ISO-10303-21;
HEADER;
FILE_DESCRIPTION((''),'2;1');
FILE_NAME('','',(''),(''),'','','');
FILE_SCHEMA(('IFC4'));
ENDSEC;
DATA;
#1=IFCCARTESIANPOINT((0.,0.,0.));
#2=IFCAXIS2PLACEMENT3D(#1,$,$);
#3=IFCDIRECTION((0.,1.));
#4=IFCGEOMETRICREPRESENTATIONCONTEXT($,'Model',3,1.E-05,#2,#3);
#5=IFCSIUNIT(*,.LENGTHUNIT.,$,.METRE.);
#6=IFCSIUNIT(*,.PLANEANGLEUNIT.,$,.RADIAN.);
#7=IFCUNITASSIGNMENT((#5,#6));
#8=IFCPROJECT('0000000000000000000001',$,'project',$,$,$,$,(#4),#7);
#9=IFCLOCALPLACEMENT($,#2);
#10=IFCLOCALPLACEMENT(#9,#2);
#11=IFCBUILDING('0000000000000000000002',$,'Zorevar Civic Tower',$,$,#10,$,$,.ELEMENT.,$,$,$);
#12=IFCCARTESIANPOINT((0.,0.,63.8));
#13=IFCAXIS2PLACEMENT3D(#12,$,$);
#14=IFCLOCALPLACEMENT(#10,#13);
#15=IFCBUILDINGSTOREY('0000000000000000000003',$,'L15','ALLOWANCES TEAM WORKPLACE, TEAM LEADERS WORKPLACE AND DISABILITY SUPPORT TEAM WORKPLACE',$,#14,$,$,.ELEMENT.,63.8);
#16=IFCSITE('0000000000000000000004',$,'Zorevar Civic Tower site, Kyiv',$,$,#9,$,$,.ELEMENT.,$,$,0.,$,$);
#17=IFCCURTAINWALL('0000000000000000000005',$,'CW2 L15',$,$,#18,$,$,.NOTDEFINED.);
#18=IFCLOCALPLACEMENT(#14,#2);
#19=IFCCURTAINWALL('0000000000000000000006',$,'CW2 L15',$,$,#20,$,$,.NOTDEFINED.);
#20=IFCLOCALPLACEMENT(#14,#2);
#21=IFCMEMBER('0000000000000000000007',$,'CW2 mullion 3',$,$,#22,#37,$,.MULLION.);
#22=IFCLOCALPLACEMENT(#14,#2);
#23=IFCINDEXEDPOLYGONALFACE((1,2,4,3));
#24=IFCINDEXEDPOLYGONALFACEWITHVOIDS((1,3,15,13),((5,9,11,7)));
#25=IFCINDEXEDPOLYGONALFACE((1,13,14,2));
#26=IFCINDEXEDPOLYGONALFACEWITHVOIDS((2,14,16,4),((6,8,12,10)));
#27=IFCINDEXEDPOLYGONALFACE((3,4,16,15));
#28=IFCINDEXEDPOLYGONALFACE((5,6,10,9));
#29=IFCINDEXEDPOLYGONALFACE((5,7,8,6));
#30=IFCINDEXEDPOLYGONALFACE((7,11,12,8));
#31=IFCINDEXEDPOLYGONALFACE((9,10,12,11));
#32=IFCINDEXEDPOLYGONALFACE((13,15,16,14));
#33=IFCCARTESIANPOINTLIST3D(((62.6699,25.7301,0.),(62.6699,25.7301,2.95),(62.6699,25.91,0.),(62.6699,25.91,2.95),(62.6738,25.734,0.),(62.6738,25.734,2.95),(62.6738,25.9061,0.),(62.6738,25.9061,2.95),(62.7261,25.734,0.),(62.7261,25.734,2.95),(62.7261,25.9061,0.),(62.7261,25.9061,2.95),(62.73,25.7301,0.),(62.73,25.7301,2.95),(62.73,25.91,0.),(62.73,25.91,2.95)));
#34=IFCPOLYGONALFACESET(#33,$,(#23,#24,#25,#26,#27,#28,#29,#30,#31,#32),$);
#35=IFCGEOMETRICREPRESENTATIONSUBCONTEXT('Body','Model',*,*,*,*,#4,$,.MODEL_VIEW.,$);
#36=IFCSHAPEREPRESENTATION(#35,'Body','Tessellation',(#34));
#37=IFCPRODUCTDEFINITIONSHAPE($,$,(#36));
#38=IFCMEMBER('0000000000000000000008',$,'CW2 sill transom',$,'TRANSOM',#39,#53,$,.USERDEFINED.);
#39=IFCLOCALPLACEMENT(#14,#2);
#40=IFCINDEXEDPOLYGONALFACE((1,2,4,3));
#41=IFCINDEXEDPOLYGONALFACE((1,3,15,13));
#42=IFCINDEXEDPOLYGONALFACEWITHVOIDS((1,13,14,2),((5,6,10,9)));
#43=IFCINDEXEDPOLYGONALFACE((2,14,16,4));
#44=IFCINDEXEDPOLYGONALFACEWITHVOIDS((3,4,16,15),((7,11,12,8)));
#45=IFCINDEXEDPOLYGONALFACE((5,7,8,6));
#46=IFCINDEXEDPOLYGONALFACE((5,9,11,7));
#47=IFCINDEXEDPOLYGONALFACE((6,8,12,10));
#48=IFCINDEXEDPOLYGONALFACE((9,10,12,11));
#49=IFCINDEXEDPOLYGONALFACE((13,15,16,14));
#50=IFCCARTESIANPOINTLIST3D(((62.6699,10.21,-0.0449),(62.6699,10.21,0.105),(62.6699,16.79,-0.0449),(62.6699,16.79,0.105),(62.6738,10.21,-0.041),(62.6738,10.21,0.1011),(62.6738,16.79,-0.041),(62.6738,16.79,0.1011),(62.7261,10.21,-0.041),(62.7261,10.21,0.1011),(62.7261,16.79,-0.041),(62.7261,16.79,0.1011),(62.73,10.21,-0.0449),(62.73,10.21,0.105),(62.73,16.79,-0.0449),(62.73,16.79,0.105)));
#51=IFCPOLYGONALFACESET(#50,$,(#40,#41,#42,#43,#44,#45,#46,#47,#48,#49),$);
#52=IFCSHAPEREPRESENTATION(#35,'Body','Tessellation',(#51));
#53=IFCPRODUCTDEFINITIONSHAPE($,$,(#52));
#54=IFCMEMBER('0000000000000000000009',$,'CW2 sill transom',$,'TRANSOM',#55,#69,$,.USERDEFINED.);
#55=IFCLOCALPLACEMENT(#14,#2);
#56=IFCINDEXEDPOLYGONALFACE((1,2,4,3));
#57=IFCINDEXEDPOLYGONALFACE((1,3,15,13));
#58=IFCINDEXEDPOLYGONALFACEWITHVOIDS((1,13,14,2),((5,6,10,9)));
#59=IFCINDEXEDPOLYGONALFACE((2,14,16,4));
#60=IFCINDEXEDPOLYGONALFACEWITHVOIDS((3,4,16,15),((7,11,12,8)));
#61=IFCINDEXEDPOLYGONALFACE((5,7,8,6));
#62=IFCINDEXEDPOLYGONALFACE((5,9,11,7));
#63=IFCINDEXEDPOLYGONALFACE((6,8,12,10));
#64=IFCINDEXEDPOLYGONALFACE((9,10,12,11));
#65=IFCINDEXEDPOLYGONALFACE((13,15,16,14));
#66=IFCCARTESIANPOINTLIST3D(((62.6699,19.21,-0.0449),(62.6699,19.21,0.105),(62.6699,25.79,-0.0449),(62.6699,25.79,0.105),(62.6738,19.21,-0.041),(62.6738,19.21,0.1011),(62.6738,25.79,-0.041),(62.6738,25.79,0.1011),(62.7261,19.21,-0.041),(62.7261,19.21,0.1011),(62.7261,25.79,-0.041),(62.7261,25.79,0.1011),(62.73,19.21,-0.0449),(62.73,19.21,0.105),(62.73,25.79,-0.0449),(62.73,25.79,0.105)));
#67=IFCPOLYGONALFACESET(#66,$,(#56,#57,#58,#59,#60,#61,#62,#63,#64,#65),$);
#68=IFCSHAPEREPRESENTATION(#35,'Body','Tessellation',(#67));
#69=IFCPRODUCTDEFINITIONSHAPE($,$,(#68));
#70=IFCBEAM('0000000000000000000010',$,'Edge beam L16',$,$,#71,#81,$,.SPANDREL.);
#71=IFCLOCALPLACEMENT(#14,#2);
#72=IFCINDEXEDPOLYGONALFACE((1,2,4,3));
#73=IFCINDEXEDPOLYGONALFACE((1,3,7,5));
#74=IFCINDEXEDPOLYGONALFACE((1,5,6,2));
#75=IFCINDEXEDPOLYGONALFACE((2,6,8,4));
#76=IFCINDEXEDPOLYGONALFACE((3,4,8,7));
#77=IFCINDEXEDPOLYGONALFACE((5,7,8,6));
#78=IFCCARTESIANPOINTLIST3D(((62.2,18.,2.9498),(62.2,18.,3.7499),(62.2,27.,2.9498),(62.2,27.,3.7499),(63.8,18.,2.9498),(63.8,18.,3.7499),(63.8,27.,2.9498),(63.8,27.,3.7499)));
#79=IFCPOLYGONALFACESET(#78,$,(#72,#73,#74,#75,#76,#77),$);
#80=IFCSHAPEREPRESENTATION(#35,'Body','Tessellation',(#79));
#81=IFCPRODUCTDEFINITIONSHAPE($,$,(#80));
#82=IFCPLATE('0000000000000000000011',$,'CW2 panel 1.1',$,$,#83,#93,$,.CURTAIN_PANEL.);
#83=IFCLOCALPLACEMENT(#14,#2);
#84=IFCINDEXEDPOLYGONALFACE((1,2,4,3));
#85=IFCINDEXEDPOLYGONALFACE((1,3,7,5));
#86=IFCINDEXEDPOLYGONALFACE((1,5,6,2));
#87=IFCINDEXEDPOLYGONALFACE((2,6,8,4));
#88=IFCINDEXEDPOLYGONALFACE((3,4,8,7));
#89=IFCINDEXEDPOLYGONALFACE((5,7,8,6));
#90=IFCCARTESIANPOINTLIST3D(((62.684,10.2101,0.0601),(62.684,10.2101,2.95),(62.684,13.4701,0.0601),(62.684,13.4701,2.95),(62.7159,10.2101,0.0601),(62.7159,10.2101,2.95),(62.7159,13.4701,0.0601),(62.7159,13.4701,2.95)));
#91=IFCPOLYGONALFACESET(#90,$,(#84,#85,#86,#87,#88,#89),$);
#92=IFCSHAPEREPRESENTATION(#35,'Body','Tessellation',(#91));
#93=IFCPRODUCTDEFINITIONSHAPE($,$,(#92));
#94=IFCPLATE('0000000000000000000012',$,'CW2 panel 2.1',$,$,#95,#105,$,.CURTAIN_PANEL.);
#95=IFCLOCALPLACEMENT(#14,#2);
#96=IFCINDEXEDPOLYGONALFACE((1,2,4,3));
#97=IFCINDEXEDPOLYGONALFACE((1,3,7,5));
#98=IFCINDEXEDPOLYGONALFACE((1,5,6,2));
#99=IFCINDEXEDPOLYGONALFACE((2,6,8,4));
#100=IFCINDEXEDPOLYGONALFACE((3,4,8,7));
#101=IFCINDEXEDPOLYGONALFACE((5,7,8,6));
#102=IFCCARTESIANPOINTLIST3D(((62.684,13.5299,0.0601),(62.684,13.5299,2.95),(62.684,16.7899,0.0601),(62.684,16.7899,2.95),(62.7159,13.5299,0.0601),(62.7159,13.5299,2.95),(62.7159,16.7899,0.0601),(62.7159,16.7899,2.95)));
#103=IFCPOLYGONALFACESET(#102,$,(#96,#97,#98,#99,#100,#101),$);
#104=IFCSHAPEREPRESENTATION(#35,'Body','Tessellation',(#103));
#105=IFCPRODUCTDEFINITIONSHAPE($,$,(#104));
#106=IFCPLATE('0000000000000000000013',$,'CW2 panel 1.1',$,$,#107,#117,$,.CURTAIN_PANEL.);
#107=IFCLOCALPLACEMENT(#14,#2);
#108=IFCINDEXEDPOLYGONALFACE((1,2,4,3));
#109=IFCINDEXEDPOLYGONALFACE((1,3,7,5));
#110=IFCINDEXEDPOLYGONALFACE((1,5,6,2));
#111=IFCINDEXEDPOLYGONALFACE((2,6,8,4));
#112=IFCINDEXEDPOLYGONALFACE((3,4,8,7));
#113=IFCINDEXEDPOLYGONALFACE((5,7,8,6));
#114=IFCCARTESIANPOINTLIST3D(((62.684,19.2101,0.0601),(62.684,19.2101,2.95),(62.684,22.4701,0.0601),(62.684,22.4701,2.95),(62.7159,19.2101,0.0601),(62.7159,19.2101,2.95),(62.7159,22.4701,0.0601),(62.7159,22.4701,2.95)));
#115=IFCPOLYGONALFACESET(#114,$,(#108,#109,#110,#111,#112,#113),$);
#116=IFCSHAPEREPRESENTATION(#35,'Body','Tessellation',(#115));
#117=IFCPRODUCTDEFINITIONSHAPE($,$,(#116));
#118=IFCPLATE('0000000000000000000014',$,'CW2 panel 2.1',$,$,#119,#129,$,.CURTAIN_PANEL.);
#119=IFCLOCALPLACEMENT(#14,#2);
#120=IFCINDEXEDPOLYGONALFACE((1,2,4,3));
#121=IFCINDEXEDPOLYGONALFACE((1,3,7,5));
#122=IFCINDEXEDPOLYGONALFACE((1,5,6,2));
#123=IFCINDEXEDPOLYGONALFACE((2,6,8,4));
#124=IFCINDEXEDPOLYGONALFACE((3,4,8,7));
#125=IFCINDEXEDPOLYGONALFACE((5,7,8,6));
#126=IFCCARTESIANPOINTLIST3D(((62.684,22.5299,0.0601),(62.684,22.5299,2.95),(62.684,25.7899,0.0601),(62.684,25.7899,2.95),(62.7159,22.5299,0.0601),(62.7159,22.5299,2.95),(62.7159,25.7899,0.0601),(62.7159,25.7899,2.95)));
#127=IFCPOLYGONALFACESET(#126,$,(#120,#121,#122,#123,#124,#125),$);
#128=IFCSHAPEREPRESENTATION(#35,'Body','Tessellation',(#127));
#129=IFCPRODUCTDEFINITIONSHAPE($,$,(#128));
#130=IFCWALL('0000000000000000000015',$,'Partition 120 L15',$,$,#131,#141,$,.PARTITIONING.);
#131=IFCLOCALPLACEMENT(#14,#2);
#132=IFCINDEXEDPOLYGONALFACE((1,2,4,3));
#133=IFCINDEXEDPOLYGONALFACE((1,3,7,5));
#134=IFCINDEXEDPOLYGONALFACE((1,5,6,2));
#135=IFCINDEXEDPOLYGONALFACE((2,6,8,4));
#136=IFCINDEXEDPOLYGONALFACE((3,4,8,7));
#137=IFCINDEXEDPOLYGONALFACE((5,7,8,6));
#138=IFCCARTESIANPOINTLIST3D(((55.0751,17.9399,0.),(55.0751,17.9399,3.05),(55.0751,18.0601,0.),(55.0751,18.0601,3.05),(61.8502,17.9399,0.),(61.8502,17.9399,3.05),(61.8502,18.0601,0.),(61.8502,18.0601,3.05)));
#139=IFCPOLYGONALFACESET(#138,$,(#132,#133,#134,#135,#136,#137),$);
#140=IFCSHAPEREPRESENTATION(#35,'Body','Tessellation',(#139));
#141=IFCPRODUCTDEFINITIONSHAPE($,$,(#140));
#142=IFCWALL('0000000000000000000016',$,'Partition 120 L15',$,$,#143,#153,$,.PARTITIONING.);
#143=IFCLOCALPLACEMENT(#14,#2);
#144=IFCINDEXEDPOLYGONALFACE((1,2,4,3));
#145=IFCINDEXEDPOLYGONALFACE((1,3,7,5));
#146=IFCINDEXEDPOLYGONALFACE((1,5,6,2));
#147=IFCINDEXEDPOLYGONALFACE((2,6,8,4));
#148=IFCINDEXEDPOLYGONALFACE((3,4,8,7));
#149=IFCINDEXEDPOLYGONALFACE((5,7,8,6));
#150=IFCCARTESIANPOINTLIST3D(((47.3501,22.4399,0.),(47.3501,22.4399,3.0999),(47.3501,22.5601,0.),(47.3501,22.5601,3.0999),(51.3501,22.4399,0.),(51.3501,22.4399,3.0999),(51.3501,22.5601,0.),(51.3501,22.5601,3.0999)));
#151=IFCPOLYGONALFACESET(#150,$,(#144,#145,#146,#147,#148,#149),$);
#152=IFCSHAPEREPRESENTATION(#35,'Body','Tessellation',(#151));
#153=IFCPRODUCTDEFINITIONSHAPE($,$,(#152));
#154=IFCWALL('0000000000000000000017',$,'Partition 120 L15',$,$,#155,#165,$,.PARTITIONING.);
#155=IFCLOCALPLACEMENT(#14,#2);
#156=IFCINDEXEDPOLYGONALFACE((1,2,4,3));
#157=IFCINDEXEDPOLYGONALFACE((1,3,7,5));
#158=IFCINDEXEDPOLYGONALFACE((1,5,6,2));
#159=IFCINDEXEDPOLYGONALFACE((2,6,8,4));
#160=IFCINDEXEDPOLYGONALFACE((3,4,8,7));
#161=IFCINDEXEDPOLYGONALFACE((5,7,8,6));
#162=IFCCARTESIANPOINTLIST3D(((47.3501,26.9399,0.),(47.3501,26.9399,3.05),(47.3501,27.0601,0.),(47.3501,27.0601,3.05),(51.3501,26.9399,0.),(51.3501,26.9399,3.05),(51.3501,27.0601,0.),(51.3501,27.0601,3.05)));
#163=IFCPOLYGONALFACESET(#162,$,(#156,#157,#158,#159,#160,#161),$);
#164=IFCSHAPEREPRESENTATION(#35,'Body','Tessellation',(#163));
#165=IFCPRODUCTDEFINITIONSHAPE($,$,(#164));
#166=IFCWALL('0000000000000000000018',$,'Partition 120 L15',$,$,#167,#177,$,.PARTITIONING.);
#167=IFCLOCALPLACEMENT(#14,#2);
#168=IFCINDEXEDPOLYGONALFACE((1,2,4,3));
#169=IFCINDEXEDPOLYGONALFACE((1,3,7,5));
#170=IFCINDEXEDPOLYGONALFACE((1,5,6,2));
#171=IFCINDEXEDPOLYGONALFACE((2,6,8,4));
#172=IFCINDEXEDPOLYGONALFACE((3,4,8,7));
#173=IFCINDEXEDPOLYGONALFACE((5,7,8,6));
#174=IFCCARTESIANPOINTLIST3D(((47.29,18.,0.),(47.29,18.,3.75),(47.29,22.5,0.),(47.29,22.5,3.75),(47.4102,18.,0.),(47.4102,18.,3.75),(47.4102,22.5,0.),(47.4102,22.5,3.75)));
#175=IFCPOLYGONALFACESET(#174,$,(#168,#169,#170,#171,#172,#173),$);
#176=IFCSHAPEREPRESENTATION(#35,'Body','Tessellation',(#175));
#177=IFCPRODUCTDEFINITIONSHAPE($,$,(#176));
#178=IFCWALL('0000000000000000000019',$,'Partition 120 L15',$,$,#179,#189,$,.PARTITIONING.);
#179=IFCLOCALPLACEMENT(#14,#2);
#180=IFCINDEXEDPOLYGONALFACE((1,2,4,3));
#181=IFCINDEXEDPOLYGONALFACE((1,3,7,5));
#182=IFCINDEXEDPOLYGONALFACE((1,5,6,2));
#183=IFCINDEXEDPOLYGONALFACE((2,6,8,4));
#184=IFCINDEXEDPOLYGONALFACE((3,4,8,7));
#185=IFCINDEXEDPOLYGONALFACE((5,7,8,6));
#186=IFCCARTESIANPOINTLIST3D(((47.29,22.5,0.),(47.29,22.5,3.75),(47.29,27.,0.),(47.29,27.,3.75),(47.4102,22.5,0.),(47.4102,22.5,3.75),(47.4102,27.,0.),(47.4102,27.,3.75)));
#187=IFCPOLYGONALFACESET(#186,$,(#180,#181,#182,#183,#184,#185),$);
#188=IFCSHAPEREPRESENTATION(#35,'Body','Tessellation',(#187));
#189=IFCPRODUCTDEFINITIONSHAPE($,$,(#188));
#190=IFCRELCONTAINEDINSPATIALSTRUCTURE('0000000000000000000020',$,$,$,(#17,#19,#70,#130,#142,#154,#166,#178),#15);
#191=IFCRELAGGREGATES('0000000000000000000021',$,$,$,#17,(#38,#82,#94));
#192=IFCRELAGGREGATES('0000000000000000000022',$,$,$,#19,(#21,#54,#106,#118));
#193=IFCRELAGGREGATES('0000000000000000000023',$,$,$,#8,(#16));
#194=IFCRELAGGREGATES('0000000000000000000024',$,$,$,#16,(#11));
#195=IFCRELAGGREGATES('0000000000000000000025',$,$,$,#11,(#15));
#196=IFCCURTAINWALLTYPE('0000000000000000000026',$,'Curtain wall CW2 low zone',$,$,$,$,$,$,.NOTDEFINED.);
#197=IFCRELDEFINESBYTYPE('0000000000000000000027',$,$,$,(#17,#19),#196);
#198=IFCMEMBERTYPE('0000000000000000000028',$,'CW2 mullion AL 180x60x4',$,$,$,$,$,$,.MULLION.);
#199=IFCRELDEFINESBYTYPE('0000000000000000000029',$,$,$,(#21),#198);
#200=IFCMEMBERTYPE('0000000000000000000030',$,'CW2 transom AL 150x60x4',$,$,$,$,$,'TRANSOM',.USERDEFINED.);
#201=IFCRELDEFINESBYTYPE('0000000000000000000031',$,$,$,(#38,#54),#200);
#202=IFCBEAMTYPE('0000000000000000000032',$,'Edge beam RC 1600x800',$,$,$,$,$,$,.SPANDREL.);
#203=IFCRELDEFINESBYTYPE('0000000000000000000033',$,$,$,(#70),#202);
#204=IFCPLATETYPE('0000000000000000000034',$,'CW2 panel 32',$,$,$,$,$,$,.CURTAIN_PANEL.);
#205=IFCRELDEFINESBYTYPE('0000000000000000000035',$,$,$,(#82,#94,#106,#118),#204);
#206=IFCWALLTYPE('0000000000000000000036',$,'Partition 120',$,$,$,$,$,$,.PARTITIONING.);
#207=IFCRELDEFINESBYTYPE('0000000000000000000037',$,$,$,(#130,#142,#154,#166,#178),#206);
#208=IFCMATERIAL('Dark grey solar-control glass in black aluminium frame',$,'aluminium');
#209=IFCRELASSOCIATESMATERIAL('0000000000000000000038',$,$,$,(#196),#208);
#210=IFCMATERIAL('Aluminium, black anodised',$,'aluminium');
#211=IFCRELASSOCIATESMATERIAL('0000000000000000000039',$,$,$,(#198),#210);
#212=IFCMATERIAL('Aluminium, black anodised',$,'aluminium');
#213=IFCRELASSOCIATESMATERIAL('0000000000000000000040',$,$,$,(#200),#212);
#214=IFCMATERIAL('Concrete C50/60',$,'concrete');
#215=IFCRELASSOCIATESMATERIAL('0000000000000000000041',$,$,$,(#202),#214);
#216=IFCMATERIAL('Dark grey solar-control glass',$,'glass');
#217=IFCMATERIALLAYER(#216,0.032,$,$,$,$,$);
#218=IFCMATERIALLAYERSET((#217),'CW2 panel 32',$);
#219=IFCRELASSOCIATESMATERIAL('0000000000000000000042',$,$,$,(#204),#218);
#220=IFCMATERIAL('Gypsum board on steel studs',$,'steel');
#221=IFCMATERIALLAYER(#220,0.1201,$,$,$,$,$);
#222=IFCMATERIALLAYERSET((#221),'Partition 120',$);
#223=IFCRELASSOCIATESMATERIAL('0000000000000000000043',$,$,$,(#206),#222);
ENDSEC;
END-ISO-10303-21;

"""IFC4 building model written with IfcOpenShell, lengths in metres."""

from ifc_helpers import new_model, si_unit, direction, frame, frame_2d, origin, origin_2d, place, context, subcontext, project, spatial, rectangle, hollow_rectangle, extrude, material, layer, layer_set, material_profile, profile_set, type_object, element, aggregate, save


model = new_model("IFC4")

# Units and contexts
model_context = context("Model", 3, precision=1e-05, world=origin(), true_north=direction((0.0, 1.0)))
body_context = subcontext(model_context, "Body", "Model", "MODEL_VIEW")
ifc_project = project(units=[si_unit("LENGTHUNIT", "METRE"), si_unit("PLANEANGLEUNIT", "RADIAN")], contexts=[model_context])

# Site, building, storey
site_placement = place(None, origin())
site = spatial("IfcSite", under=ifc_project, at=site_placement, Name="Zorevar Civic Tower site, Kyiv", CompositionType="ELEMENT", RefElevation=0.0)
building_placement = place(site_placement, origin())
building = spatial("IfcBuilding", under=site, at=building_placement, Name="Zorevar Civic Tower", CompositionType="ELEMENT")
storey_placement = place(building_placement, frame((0.0, 0.0, 63.8)))
storey = spatial("IfcBuildingStorey", under=building, at=storey_placement, Name="L15", Description="ALLOWANCES TEAM WORKPLACE, TEAM LEADERS WORKPLACE AND DISABILITY SUPPORT TEAM WORKPLACE", CompositionType="ELEMENT", Elevation=63.8)

# Curtain walls, member
ifc_material_1 = material(Name="Dark grey solar-control glass in black aluminium frame", Category="aluminium")
curtain_wall_type = type_object("IfcCurtainWallType", Name="Curtain wall CW2 low zone", PredefinedType="NOTDEFINED", material=ifc_material_1)
curtain_wall_1_placement = place(storey_placement, origin())
curtain_wall_1 = element("IfcCurtainWall", 1, at=curtain_wall_1_placement, inside=storey, type_object=curtain_wall_type, Name="CW2 L15", PredefinedType="NOTDEFINED")
ifc_material_2 = material(Name="Aluminium, black anodised", Category="aluminium")
ifc_material_profile_1 = material_profile(ifc_material_2, hollow_rectangle(XDim=0.0601, YDim=0.1799, WallThickness=0.0039, at=origin_2d()), Name="AL 180x60x4")
ifc_profile_set_1 = profile_set([ifc_material_profile_1], Name="Aluminium, black anodised")
member_type_1 = type_object("IfcMemberType", Name="CW2 mullion AL 180x60x4", PredefinedType="MULLION", material=ifc_profile_set_1)
curtain_wall_2_placement = place(storey_placement, origin())
curtain_wall_2 = element("IfcCurtainWall", 2, at=curtain_wall_2_placement, inside=storey, type_object=curtain_wall_type, Name="CW2 L15", PredefinedType="NOTDEFINED")
member_1_placement = place(storey_placement, frame((62.7, 25.8201, 0.0), z_axis=(0.0, 0.0, 1.0), x_axis=(-1.0, 0.0, 0.0)))
member_1 = element("IfcMember", 3, at=member_1_placement, type_object=member_type_1, Name="CW2 mullion 3", PredefinedType="MULLION", context=body_context, shape_type="SweptSolid", body=[
    extrude(hollow_rectangle(XDim=0.0601, YDim=0.1799, WallThickness=0.0039, at=origin_2d()), origin(), (0.0, 0.0, 1.0), 2.95),
])

# Members
ifc_material_3 = material(Name="Aluminium, black anodised", Category="aluminium")
ifc_material_profile_2 = material_profile(ifc_material_3, hollow_rectangle(XDim=0.0601, YDim=0.1499, WallThickness=0.0039, at=origin_2d()), Name="AL 150x60x4")
ifc_profile_set_2 = profile_set([ifc_material_profile_2], Name="Aluminium, black anodised")
member_type_2 = type_object("IfcMemberType", Name="CW2 transom AL 150x60x4", ElementType="TRANSOM", PredefinedType="USERDEFINED", material=ifc_profile_set_2)
member_2_placement = place(storey_placement, frame((62.7, 10.21, 0.03), z_axis=(0.0, 1.0, 0.0), x_axis=(-1.0, 0.0, 0.0)))
member_2 = element("IfcMember", 4, at=member_2_placement, type_object=member_type_2, Name="CW2 sill transom", ObjectType="TRANSOM", PredefinedType="USERDEFINED", context=body_context, shape_type="SweptSolid", body=[
    extrude(hollow_rectangle(XDim=0.0601, YDim=0.1499, WallThickness=0.0039, at=origin_2d()), origin(), (0.0, 0.0, 1.0), 6.5801),
])
member_3_placement = place(storey_placement, frame((62.7, 19.21, 0.03), z_axis=(0.0, 1.0, 0.0), x_axis=(-1.0, 0.0, 0.0)))
member_3 = element("IfcMember", 5, at=member_3_placement, type_object=member_type_2, Name="CW2 sill transom", ObjectType="TRANSOM", PredefinedType="USERDEFINED", context=body_context, shape_type="SweptSolid", body=[
    extrude(hollow_rectangle(XDim=0.0601, YDim=0.1499, WallThickness=0.0039, at=origin_2d()), origin(), (0.0, 0.0, 1.0), 6.5801),
])

# Beam
ifc_material_4 = material(Name="Concrete C50/60", Category="concrete")
ifc_material_profile_3 = material_profile(ifc_material_4, rectangle(XDim=1.6001, YDim=0.8, at=origin_2d()), Name="RC 1600x800")
ifc_profile_set_3 = profile_set([ifc_material_profile_3], Name="Concrete C50/60")
beam_type_1 = type_object("IfcBeamType", Name="Edge beam RC 1600x800", PredefinedType="SPANDREL", material=ifc_profile_set_3)
beam_1_placement = place(storey_placement, frame((63.0, 18.0, 3.3499), z_axis=(0.0, 1.0, 0.0), x_axis=(-1.0, 0.0, 0.0)))
element("IfcBeam", 6, at=beam_1_placement, inside=storey, type_object=beam_type_1, Name="Edge beam L16", PredefinedType="SPANDREL", context=body_context, shape_type="SweptSolid", body=[
    extrude(rectangle(XDim=1.6001, YDim=0.8, at=origin_2d()), origin(), (0.0, 0.0, 1.0), 9.0),
])

# Plates
ifc_material_5 = material(Name="Dark grey solar-control glass", Category="glass")
ifc_layer_1 = layer(ifc_material_5, 0.032)
ifc_layer_set_1 = layer_set([ifc_layer_1], Name="CW2 panel 32")
plate_type = type_object("IfcPlateType", Name="CW2 panel 32", PredefinedType="CURTAIN_PANEL", material=ifc_layer_set_1)
plate_1_placement = place(storey_placement, frame((62.7, 11.8401, 0.0601), z_axis=(0.0, 0.0, 1.0), x_axis=(0.0, 1.0, 0.0)))
plate_1 = element("IfcPlate", 7, at=plate_1_placement, type_object=plate_type, Name="CW2 panel 1.1", PredefinedType="CURTAIN_PANEL", context=body_context, shape_type="SweptSolid", body=[
    extrude(rectangle(XDim=3.26, YDim=0.032, at=origin_2d()), origin(), (0.0, 0.0, 1.0), 2.8899),
])
plate_2_placement = place(storey_placement, frame((62.7, 15.1599, 0.0601), z_axis=(0.0, 0.0, 1.0), x_axis=(0.0, 1.0, 0.0)))
plate_2 = element("IfcPlate", 8, at=plate_2_placement, type_object=plate_type, Name="CW2 panel 2.1", PredefinedType="CURTAIN_PANEL", context=body_context, shape_type="SweptSolid", body=[
    extrude(rectangle(XDim=3.26, YDim=0.032, at=origin_2d()), origin(), (0.0, 0.0, 1.0), 2.8899),
])
aggregate(curtain_wall_1, [member_2, plate_1, plate_2])
plate_3_placement = place(storey_placement, frame((62.7, 20.8401, 0.0601), z_axis=(0.0, 0.0, 1.0), x_axis=(0.0, 1.0, 0.0)))
plate_3 = element("IfcPlate", 9, at=plate_3_placement, type_object=plate_type, Name="CW2 panel 1.1", PredefinedType="CURTAIN_PANEL", context=body_context, shape_type="SweptSolid", body=[
    extrude(rectangle(XDim=3.26, YDim=0.032, at=origin_2d()), origin(), (0.0, 0.0, 1.0), 2.8899),
])
plate_4_placement = place(storey_placement, frame((62.7, 24.1599, 0.0601), z_axis=(0.0, 0.0, 1.0), x_axis=(0.0, 1.0, 0.0)))
plate_4 = element("IfcPlate", 10, at=plate_4_placement, type_object=plate_type, Name="CW2 panel 2.1", PredefinedType="CURTAIN_PANEL", context=body_context, shape_type="SweptSolid", body=[
    extrude(rectangle(XDim=3.26, YDim=0.032, at=origin_2d()), origin(), (0.0, 0.0, 1.0), 2.8899),
])
aggregate(curtain_wall_2, [member_1, member_3, plate_3, plate_4])

# Walls
ifc_material_6 = material(Name="Gypsum board on steel studs", Category="steel")
ifc_layer_2 = layer(ifc_material_6, 0.1201)
ifc_layer_set_2 = layer_set([ifc_layer_2], Name="Partition 120")
wall_type = type_object("IfcWallType", Name="Partition 120", PredefinedType="PARTITIONING", material=ifc_layer_set_2)
wall_1_placement = place(storey_placement, frame((55.075, 18.0, 0.0), z_axis=(0.0, 0.0, 1.0), x_axis=(1.0, 0.0, 0.0)))
element("IfcWall", 11, at=wall_1_placement, inside=storey, type_object=wall_type, Name="Partition 120 L15", PredefinedType="PARTITIONING", context=body_context, shape_type="SweptSolid", body=[
    extrude(rectangle(XDim=6.7751, YDim=0.1201, at=frame_2d((3.3877, 0.0))), origin(), (0.0, 0.0, 1.0), 3.05),
])
wall_2_placement = place(storey_placement, frame((47.3501, 22.5, 0.0), z_axis=(0.0, 0.0, 1.0), x_axis=(1.0, 0.0, 0.0)))
element("IfcWall", 12, at=wall_2_placement, inside=storey, type_object=wall_type, Name="Partition 120 L15", PredefinedType="PARTITIONING", context=body_context, shape_type="SweptSolid", body=[
    extrude(rectangle(XDim=4.0, YDim=0.1201, at=frame_2d((2.0, 0.0))), origin(), (0.0, 0.0, 1.0), 3.0999),
])
wall_3_placement = place(storey_placement, frame((47.3501, 27.0, 0.0), z_axis=(0.0, 0.0, 1.0), x_axis=(1.0, 0.0, 0.0)))
element("IfcWall", 13, at=wall_3_placement, inside=storey, type_object=wall_type, Name="Partition 120 L15", PredefinedType="PARTITIONING", context=body_context, shape_type="SweptSolid", body=[
    extrude(rectangle(XDim=4.0, YDim=0.1201, at=frame_2d((2.0, 0.0))), origin(), (0.0, 0.0, 1.0), 3.05),
])
for number, where, z_axis, x_axis, name in (
    (14, (47.3501, 18.0, 0.0), (0.0, 0.0, 1.0), (0.0, 1.0, 0.0), "Partition 120 L15"),
    (15, (47.3501, 22.5, 0.0), (0.0, 0.0, 1.0), (0.0, 1.0, 0.0), "Partition 120 L15"),
):
    element("IfcWall", number, at=place(storey_placement, frame(where, z_axis=z_axis, x_axis=x_axis)), inside=storey, type_object=wall_type, Name=name, PredefinedType="PARTITIONING", context=body_context, shape_type="SweptSolid", body=[
        extrude(rectangle(XDim=4.5, YDim=0.1201, at=frame_2d((2.25, 0.0))), origin(), (0.0, 0.0, 1.0), 3.75),
    ])

save(model, "model.ifc")
